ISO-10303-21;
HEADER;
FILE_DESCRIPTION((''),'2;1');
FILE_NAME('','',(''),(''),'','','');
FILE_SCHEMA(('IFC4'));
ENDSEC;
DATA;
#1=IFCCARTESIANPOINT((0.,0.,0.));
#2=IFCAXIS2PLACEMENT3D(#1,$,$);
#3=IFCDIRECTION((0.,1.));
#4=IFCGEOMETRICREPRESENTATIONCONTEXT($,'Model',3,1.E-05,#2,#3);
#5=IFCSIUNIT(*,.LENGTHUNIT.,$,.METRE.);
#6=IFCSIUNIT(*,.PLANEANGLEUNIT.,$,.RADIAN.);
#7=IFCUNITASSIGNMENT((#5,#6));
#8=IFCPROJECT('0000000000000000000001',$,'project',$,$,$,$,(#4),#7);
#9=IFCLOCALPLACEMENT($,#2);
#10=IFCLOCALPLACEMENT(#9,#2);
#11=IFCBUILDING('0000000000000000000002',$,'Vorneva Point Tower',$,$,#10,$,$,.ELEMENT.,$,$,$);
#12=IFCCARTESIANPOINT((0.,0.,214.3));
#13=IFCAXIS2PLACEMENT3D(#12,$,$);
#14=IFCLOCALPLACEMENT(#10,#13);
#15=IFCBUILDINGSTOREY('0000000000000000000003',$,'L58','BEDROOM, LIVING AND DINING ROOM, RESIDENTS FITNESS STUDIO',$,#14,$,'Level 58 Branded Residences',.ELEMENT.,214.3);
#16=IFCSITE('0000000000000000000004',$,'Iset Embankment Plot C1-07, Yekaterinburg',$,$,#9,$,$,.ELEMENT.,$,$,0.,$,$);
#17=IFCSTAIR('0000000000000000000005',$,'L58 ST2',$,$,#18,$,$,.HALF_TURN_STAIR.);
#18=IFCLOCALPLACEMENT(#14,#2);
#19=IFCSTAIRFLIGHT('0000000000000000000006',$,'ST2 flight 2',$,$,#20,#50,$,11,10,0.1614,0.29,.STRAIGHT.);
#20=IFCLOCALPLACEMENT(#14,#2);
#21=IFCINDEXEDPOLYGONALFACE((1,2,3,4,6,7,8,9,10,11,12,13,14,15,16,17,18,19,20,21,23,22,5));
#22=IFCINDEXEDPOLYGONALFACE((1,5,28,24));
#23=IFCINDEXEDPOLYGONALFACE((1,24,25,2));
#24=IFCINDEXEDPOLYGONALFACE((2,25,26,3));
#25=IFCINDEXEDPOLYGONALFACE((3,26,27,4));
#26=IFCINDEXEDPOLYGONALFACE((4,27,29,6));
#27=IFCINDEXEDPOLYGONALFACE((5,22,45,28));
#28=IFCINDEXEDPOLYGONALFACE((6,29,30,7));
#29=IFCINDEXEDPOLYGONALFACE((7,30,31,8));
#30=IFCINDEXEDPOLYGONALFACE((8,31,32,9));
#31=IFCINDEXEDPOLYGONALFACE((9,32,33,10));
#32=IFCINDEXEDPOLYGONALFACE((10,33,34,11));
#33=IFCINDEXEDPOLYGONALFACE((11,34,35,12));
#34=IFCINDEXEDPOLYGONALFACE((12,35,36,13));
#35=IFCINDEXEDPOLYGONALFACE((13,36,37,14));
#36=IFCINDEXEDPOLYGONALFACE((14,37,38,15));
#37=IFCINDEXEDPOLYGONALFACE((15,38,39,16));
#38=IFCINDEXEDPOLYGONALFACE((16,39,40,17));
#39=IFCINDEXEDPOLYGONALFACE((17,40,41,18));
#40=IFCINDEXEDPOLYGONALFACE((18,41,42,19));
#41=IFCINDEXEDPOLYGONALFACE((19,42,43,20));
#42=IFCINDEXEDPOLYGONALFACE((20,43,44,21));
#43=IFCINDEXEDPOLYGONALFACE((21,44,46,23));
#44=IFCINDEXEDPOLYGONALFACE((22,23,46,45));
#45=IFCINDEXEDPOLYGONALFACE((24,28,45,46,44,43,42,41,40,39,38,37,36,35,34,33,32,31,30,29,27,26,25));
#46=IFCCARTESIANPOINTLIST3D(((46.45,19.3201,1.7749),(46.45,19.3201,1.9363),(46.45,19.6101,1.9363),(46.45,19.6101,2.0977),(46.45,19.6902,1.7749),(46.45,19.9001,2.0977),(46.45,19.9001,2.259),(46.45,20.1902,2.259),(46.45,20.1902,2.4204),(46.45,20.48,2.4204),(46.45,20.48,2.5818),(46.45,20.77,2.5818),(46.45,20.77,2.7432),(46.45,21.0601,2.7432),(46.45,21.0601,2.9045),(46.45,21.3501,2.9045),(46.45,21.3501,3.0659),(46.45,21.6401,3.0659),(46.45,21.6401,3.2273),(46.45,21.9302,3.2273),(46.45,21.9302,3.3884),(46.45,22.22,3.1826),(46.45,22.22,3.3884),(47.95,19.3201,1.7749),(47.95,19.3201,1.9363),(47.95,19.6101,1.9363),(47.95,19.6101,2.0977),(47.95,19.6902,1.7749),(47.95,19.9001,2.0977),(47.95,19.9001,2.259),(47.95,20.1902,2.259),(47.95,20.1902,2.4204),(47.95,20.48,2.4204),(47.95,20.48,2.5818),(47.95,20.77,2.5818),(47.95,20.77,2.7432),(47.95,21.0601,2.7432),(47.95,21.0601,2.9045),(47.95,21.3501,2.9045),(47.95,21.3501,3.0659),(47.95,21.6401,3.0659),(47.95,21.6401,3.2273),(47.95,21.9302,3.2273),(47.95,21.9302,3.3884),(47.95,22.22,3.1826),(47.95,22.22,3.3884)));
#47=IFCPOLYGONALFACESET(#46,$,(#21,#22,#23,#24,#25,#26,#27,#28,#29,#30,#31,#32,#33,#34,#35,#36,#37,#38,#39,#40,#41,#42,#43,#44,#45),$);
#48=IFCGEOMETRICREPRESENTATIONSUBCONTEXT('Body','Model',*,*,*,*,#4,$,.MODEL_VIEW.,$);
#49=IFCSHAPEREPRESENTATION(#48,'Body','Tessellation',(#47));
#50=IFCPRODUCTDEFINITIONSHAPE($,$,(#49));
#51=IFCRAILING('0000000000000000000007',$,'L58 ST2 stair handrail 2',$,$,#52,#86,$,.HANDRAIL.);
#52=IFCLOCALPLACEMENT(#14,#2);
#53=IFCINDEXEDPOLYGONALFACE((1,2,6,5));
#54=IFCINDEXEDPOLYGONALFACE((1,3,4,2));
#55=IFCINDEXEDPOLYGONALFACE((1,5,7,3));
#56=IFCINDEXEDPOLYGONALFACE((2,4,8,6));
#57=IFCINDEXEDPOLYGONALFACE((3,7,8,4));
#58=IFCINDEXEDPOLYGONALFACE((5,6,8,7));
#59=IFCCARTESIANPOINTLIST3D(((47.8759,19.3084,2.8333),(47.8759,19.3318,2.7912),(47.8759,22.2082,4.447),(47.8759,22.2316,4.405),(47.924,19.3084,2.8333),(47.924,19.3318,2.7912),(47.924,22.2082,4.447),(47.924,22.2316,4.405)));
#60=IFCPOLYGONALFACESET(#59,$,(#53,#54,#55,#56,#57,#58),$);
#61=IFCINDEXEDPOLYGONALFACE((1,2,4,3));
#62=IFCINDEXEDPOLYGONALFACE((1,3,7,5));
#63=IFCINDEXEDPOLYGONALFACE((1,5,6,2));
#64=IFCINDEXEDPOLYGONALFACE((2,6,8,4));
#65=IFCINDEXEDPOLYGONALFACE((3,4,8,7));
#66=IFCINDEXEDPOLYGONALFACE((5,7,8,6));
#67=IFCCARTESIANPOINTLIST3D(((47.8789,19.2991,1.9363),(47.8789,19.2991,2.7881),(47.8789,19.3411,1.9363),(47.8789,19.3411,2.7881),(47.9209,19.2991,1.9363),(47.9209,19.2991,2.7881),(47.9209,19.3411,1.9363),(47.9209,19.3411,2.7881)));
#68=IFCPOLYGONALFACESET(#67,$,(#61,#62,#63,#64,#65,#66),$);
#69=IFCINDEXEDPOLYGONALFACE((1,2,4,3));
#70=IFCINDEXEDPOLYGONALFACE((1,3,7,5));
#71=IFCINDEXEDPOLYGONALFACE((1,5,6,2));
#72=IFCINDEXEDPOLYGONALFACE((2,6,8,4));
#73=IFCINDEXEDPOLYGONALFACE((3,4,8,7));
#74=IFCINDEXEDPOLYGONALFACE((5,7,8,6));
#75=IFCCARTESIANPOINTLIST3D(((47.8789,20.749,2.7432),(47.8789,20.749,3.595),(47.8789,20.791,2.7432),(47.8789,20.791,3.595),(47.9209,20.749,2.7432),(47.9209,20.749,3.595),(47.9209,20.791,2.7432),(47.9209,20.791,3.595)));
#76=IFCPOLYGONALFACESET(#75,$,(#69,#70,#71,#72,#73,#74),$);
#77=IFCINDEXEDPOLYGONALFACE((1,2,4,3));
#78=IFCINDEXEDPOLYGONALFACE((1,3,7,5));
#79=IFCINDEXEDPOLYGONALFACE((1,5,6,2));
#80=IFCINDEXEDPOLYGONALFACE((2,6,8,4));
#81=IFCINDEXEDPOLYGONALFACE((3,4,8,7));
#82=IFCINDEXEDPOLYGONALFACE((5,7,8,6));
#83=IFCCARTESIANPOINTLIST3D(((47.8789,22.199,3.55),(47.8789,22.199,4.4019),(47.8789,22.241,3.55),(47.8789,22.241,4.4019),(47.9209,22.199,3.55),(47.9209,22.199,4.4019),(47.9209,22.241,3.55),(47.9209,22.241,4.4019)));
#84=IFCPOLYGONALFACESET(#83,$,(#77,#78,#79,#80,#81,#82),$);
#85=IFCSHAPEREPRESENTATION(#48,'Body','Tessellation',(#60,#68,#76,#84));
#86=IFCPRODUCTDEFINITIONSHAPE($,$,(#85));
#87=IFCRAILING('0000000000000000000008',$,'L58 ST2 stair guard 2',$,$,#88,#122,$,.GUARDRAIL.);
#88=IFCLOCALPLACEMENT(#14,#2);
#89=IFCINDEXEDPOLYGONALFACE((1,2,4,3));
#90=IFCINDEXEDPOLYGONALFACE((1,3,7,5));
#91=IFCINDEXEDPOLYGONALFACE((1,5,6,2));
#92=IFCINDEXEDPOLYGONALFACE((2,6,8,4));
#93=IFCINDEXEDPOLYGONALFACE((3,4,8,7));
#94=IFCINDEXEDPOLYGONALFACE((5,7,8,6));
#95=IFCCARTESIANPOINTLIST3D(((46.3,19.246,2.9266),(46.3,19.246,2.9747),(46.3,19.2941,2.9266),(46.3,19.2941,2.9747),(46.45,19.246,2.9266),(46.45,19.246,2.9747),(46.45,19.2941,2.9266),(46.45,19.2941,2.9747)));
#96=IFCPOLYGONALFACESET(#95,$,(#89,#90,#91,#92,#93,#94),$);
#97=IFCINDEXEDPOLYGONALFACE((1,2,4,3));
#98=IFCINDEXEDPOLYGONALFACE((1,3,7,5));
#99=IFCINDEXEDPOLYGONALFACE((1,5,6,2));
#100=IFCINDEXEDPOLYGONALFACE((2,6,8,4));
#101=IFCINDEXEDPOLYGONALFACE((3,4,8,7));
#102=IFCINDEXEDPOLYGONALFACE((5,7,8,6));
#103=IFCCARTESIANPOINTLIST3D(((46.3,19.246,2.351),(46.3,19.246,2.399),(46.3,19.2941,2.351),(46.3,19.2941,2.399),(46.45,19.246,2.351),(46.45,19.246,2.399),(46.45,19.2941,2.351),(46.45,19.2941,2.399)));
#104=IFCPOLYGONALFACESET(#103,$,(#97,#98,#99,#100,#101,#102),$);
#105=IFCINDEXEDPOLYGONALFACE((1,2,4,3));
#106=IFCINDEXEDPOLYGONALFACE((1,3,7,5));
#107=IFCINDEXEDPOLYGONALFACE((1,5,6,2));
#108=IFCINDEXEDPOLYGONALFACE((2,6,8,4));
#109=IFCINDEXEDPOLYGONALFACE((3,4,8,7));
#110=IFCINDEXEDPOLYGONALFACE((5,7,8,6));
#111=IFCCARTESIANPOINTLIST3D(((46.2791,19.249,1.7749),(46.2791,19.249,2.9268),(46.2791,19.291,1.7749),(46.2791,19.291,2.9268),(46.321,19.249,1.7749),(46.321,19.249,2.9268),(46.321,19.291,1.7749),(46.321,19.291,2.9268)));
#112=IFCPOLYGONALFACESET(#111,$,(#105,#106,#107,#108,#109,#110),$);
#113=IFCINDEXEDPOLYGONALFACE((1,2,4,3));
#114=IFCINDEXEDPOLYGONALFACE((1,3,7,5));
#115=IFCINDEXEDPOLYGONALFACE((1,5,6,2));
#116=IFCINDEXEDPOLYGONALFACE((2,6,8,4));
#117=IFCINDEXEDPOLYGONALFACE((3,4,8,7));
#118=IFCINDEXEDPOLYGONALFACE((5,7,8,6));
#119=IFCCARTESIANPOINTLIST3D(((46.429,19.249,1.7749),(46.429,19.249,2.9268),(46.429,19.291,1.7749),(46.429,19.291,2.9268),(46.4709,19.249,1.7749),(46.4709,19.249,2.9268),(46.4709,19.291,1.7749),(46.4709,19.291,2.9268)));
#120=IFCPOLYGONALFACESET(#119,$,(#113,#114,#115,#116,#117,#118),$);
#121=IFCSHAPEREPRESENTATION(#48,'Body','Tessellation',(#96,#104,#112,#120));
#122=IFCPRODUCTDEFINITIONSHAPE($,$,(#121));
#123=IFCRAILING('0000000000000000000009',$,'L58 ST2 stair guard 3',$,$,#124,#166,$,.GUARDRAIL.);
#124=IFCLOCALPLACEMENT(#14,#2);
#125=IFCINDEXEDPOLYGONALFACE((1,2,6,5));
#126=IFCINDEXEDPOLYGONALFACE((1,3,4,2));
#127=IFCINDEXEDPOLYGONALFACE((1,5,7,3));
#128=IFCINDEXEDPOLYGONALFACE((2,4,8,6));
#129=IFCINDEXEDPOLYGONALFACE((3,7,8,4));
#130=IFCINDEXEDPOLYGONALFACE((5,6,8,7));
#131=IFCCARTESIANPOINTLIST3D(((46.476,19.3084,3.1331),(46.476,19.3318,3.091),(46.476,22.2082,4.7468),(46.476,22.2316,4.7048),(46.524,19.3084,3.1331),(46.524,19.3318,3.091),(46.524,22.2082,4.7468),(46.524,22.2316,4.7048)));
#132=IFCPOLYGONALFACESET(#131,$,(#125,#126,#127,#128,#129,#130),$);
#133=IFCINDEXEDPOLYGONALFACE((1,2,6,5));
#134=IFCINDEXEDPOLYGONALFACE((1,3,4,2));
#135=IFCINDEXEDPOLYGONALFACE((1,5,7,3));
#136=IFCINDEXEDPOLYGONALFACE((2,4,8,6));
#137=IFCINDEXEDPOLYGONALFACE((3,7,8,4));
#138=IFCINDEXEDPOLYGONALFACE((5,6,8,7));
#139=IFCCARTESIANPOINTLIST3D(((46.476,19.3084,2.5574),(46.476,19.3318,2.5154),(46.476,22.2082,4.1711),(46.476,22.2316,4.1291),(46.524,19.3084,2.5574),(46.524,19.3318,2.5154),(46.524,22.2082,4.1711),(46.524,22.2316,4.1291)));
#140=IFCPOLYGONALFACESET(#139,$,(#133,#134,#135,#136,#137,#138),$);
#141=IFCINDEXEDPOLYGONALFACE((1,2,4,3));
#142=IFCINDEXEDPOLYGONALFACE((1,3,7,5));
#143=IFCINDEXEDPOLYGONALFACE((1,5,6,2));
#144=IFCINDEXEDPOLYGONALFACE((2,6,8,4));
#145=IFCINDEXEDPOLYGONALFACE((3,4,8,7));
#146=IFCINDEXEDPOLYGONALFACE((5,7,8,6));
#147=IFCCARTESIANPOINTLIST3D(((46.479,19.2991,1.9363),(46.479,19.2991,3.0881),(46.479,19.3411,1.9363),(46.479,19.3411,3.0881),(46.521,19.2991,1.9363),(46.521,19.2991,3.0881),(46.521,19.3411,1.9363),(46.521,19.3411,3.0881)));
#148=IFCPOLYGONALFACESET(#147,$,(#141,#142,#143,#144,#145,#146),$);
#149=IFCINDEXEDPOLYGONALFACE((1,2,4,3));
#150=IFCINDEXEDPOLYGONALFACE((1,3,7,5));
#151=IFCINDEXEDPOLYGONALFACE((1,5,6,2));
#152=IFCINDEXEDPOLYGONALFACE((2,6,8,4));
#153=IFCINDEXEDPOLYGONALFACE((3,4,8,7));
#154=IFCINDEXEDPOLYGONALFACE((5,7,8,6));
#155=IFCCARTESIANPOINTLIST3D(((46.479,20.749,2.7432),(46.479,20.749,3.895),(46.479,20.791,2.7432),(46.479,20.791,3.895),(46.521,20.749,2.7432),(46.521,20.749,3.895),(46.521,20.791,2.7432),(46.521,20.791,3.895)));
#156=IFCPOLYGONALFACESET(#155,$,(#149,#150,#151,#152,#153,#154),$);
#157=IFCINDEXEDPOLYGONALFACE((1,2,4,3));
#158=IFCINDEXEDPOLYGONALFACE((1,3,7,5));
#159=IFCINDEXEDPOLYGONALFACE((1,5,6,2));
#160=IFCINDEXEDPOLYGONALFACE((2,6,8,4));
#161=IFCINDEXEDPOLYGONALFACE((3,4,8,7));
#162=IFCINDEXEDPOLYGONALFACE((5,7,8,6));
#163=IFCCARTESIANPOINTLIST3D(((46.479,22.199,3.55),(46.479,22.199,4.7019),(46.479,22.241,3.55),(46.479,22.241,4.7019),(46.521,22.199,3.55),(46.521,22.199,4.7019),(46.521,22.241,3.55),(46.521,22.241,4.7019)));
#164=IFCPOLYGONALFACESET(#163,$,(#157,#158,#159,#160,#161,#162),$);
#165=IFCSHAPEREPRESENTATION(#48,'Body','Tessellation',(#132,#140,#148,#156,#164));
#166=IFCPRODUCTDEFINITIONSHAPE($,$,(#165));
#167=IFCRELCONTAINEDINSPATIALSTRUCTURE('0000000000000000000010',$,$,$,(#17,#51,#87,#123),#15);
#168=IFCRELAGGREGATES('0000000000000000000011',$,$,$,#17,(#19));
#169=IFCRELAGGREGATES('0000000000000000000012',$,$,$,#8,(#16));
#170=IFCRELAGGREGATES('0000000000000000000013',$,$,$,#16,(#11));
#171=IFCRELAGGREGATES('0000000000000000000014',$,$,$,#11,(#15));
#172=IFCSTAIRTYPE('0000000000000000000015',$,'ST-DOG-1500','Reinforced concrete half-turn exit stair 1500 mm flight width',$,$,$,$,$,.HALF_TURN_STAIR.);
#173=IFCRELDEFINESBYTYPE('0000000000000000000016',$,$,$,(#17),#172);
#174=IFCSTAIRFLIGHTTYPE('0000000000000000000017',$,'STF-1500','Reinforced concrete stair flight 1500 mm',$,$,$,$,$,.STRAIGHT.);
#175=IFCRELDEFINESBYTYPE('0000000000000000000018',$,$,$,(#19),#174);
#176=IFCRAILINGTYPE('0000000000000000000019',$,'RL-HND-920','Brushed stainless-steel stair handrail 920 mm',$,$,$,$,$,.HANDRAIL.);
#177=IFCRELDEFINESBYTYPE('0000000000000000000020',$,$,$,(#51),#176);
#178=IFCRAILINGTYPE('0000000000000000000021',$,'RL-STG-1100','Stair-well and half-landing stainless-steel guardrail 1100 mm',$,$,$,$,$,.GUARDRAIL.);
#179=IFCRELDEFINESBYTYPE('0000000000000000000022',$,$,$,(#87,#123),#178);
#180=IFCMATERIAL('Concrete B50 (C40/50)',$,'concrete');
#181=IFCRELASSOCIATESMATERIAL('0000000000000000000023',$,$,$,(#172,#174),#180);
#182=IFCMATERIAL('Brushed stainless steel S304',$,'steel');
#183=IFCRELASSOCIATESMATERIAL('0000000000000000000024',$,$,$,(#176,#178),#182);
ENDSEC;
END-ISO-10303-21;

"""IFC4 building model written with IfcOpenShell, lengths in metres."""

from ifc_helpers import new_model, si_unit, direction, frame, origin, origin_2d, place, context, subcontext, project, spatial, polyline, rectangle, outline, extrude, material, type_object, element, aggregate, save


model = new_model("IFC4")

# Units and contexts
model_context = context("Model", 3, precision=1e-05, world=origin(), true_north=direction((0.0, 1.0)))
body_context = subcontext(model_context, "Body", "Model", "MODEL_VIEW")
ifc_project = project(units=[si_unit("LENGTHUNIT", "METRE"), si_unit("PLANEANGLEUNIT", "RADIAN")], contexts=[model_context])

# Site, building, storey
site_placement = place(None, origin())
site = spatial("IfcSite", under=ifc_project, at=site_placement, Name="Iset Embankment Plot C1-07, Yekaterinburg", CompositionType="ELEMENT", RefElevation=0.0)
building_placement = place(site_placement, origin())
building = spatial("IfcBuilding", under=site, at=building_placement, Name="Vorneva Point Tower", CompositionType="ELEMENT")
storey_placement = place(building_placement, frame((0.0, 0.0, 214.3)))
storey = spatial("IfcBuildingStorey", under=building, at=storey_placement, Name="L58", Description="BEDROOM, LIVING AND DINING ROOM, RESIDENTS FITNESS STUDIO", LongName="Level 58 Branded Residences", CompositionType="ELEMENT", Elevation=214.3)

# Shared definitions
ifc_material_1 = material(Name="Concrete B50 (C40/50)", Category="concrete")

# Stair, stair flight
stair_type = type_object("IfcStairType", Name="ST-DOG-1500", Description="Reinforced concrete half-turn exit stair 1500 mm flight width", PredefinedType="HALF_TURN_STAIR", material=ifc_material_1)
stair_placement = place(storey_placement, origin())
stair = element("IfcStair", 1, at=stair_placement, inside=storey, type_object=stair_type, Name="L58 ST2", PredefinedType="HALF_TURN_STAIR")
stair_flight_type = type_object("IfcStairFlightType", Name="STF-1500", Description="Reinforced concrete stair flight 1500 mm", PredefinedType="STRAIGHT", material=ifc_material_1)
stair_flight_placement = place(storey_placement, frame((47.2, 19.3201, 1.7749), z_axis=(0.0, 0.0, 1.0), x_axis=(0.0, 1.0, 0.0)))
stair_flight = element("IfcStairFlight", 2, at=stair_flight_placement, type_object=stair_flight_type, Name="ST2 flight 2", NumberOfRisers=11, NumberOfTreads=10, PredefinedType="STRAIGHT", RiserHeight=0.1614, TreadLength=0.29, context=body_context, shape_type="SweptSolid", body=[
    extrude(outline(polyline([(0.0, 0.0), (0.0, 0.1614), (0.29, 0.1614), (0.29, 0.3228), (0.5801, 0.3228), (0.5801, 0.4841), (0.8701, 0.4841), (0.8701, 0.6455), (1.1599, 0.6455), (1.1599, 0.8069), (1.45, 0.8069), (1.45, 0.9683), (1.74, 0.9683), (1.74, 1.1296), (2.03, 1.1296), (2.03, 1.291), (2.3201, 1.291), (2.3201, 1.4524), (2.6101, 1.4524), (2.6101, 1.6135), (2.8999, 1.6135), (2.8999, 1.7749), (2.8999, 1.4077), (0.3701, 0.0), (0.0, 0.0)])), frame((0.0, 0.75, 0.0), z_axis=(0.0, -1.0, 0.0), x_axis=(1.0, 0.0, 0.0)), (0.0, 0.0, 1.0), 1.5),
])
aggregate(stair, [stair_flight])

# Railings
ifc_material_2 = material(Name="Brushed stainless steel S304", Category="steel")
railing_type_1 = type_object("IfcRailingType", Name="RL-HND-920", Description="Brushed stainless-steel stair handrail 920 mm", PredefinedType="HANDRAIL", material=ifc_material_2)
railing_1_placement = place(storey_placement, frame((47.8999, 19.3201, 1.9363)))
element("IfcRailing", 3, at=railing_1_placement, inside=storey, type_object=railing_type_1, Name="L58 ST2 stair handrail 2", PredefinedType="HANDRAIL", context=body_context, shape_type="SweptSolid", body=[
    extrude(rectangle(XDim=0.0481, YDim=0.0481, at=origin_2d()), frame((0.0, 0.0, 0.876), z_axis=(0.0, 0.87381, 0.486267), x_axis=(-1.0, 0.0, 0.0)), (0.0, 0.0, 1.0), 3.3186),
    extrude(rectangle(XDim=0.042, YDim=0.042, at=origin_2d()), origin(), (0.0, 0.0, 1.0), 0.8518),
    extrude(rectangle(XDim=0.042, YDim=0.042, at=origin_2d()), frame((0.0, 1.45, 0.8069)), (0.0, 0.0, 1.0), 0.8518),
    extrude(rectangle(XDim=0.042, YDim=0.042, at=origin_2d()), frame((0.0, 2.8999, 1.6138)), (0.0, 0.0, 1.0), 0.8518),
])
railing_type_2 = type_object("IfcRailingType", Name="RL-STG-1100", Description="Stair-well and half-landing stainless-steel guardrail 1100 mm", PredefinedType="GUARDRAIL", material=ifc_material_2)
railing_2_placement = place(storey_placement, frame((46.3, 19.27, 1.7749)))
element("IfcRailing", 4, at=railing_2_placement, inside=storey, type_object=railing_type_2, Name="L58 ST2 stair guard 2", PredefinedType="GUARDRAIL", context=body_context, shape_type="SweptSolid", body=[
    extrude(rectangle(XDim=0.0481, YDim=0.0481, at=origin_2d()), frame((0.0, 0.0, 1.1758), z_axis=(1.0, 0.0, 0.0), x_axis=(0.0, 1.0, 0.0)), (0.0, 0.0, 1.0), 0.1499),
    extrude(rectangle(XDim=0.0481, YDim=0.0481, at=origin_2d()), frame((0.0, 0.0, 0.6001), z_axis=(1.0, 0.0, 0.0), x_axis=(0.0, 1.0, 0.0)), (0.0, 0.0, 1.0), 0.1499),
    extrude(rectangle(XDim=0.042, YDim=0.042, at=origin_2d()), origin(), (0.0, 0.0, 1.0), 1.1519),
    extrude(rectangle(XDim=0.042, YDim=0.042, at=origin_2d()), frame((0.1499, 0.0, 0.0)), (0.0, 0.0, 1.0), 1.1519),
])
railing_3_placement = place(storey_placement, frame((46.5, 19.3201, 1.9363)))
element("IfcRailing", 5, at=railing_3_placement, inside=storey, type_object=railing_type_2, Name="L58 ST2 stair guard 3", PredefinedType="GUARDRAIL", context=body_context, shape_type="SweptSolid", body=[
    extrude(rectangle(XDim=0.0481, YDim=0.0481, at=origin_2d()), frame((0.0, 0.0, 1.1758), z_axis=(0.0, 0.87381, 0.486267), x_axis=(-1.0, 0.0, 0.0)), (0.0, 0.0, 1.0), 3.3186),
    extrude(rectangle(XDim=0.0481, YDim=0.0481, at=origin_2d()), frame((0.0, 0.0, 0.6001), z_axis=(0.0, 0.87381, 0.486267), x_axis=(-1.0, 0.0, 0.0)), (0.0, 0.0, 1.0), 3.3186),
    extrude(rectangle(XDim=0.042, YDim=0.042, at=origin_2d()), origin(), (0.0, 0.0, 1.0), 1.1519),
    extrude(rectangle(XDim=0.042, YDim=0.042, at=origin_2d()), frame((0.0, 1.45, 0.8069)), (0.0, 0.0, 1.0), 1.1519),
    extrude(rectangle(XDim=0.042, YDim=0.042, at=origin_2d()), frame((0.0, 2.8999, 1.6138)), (0.0, 0.0, 1.0), 1.1519),
])

save(model, "model.ifc")
